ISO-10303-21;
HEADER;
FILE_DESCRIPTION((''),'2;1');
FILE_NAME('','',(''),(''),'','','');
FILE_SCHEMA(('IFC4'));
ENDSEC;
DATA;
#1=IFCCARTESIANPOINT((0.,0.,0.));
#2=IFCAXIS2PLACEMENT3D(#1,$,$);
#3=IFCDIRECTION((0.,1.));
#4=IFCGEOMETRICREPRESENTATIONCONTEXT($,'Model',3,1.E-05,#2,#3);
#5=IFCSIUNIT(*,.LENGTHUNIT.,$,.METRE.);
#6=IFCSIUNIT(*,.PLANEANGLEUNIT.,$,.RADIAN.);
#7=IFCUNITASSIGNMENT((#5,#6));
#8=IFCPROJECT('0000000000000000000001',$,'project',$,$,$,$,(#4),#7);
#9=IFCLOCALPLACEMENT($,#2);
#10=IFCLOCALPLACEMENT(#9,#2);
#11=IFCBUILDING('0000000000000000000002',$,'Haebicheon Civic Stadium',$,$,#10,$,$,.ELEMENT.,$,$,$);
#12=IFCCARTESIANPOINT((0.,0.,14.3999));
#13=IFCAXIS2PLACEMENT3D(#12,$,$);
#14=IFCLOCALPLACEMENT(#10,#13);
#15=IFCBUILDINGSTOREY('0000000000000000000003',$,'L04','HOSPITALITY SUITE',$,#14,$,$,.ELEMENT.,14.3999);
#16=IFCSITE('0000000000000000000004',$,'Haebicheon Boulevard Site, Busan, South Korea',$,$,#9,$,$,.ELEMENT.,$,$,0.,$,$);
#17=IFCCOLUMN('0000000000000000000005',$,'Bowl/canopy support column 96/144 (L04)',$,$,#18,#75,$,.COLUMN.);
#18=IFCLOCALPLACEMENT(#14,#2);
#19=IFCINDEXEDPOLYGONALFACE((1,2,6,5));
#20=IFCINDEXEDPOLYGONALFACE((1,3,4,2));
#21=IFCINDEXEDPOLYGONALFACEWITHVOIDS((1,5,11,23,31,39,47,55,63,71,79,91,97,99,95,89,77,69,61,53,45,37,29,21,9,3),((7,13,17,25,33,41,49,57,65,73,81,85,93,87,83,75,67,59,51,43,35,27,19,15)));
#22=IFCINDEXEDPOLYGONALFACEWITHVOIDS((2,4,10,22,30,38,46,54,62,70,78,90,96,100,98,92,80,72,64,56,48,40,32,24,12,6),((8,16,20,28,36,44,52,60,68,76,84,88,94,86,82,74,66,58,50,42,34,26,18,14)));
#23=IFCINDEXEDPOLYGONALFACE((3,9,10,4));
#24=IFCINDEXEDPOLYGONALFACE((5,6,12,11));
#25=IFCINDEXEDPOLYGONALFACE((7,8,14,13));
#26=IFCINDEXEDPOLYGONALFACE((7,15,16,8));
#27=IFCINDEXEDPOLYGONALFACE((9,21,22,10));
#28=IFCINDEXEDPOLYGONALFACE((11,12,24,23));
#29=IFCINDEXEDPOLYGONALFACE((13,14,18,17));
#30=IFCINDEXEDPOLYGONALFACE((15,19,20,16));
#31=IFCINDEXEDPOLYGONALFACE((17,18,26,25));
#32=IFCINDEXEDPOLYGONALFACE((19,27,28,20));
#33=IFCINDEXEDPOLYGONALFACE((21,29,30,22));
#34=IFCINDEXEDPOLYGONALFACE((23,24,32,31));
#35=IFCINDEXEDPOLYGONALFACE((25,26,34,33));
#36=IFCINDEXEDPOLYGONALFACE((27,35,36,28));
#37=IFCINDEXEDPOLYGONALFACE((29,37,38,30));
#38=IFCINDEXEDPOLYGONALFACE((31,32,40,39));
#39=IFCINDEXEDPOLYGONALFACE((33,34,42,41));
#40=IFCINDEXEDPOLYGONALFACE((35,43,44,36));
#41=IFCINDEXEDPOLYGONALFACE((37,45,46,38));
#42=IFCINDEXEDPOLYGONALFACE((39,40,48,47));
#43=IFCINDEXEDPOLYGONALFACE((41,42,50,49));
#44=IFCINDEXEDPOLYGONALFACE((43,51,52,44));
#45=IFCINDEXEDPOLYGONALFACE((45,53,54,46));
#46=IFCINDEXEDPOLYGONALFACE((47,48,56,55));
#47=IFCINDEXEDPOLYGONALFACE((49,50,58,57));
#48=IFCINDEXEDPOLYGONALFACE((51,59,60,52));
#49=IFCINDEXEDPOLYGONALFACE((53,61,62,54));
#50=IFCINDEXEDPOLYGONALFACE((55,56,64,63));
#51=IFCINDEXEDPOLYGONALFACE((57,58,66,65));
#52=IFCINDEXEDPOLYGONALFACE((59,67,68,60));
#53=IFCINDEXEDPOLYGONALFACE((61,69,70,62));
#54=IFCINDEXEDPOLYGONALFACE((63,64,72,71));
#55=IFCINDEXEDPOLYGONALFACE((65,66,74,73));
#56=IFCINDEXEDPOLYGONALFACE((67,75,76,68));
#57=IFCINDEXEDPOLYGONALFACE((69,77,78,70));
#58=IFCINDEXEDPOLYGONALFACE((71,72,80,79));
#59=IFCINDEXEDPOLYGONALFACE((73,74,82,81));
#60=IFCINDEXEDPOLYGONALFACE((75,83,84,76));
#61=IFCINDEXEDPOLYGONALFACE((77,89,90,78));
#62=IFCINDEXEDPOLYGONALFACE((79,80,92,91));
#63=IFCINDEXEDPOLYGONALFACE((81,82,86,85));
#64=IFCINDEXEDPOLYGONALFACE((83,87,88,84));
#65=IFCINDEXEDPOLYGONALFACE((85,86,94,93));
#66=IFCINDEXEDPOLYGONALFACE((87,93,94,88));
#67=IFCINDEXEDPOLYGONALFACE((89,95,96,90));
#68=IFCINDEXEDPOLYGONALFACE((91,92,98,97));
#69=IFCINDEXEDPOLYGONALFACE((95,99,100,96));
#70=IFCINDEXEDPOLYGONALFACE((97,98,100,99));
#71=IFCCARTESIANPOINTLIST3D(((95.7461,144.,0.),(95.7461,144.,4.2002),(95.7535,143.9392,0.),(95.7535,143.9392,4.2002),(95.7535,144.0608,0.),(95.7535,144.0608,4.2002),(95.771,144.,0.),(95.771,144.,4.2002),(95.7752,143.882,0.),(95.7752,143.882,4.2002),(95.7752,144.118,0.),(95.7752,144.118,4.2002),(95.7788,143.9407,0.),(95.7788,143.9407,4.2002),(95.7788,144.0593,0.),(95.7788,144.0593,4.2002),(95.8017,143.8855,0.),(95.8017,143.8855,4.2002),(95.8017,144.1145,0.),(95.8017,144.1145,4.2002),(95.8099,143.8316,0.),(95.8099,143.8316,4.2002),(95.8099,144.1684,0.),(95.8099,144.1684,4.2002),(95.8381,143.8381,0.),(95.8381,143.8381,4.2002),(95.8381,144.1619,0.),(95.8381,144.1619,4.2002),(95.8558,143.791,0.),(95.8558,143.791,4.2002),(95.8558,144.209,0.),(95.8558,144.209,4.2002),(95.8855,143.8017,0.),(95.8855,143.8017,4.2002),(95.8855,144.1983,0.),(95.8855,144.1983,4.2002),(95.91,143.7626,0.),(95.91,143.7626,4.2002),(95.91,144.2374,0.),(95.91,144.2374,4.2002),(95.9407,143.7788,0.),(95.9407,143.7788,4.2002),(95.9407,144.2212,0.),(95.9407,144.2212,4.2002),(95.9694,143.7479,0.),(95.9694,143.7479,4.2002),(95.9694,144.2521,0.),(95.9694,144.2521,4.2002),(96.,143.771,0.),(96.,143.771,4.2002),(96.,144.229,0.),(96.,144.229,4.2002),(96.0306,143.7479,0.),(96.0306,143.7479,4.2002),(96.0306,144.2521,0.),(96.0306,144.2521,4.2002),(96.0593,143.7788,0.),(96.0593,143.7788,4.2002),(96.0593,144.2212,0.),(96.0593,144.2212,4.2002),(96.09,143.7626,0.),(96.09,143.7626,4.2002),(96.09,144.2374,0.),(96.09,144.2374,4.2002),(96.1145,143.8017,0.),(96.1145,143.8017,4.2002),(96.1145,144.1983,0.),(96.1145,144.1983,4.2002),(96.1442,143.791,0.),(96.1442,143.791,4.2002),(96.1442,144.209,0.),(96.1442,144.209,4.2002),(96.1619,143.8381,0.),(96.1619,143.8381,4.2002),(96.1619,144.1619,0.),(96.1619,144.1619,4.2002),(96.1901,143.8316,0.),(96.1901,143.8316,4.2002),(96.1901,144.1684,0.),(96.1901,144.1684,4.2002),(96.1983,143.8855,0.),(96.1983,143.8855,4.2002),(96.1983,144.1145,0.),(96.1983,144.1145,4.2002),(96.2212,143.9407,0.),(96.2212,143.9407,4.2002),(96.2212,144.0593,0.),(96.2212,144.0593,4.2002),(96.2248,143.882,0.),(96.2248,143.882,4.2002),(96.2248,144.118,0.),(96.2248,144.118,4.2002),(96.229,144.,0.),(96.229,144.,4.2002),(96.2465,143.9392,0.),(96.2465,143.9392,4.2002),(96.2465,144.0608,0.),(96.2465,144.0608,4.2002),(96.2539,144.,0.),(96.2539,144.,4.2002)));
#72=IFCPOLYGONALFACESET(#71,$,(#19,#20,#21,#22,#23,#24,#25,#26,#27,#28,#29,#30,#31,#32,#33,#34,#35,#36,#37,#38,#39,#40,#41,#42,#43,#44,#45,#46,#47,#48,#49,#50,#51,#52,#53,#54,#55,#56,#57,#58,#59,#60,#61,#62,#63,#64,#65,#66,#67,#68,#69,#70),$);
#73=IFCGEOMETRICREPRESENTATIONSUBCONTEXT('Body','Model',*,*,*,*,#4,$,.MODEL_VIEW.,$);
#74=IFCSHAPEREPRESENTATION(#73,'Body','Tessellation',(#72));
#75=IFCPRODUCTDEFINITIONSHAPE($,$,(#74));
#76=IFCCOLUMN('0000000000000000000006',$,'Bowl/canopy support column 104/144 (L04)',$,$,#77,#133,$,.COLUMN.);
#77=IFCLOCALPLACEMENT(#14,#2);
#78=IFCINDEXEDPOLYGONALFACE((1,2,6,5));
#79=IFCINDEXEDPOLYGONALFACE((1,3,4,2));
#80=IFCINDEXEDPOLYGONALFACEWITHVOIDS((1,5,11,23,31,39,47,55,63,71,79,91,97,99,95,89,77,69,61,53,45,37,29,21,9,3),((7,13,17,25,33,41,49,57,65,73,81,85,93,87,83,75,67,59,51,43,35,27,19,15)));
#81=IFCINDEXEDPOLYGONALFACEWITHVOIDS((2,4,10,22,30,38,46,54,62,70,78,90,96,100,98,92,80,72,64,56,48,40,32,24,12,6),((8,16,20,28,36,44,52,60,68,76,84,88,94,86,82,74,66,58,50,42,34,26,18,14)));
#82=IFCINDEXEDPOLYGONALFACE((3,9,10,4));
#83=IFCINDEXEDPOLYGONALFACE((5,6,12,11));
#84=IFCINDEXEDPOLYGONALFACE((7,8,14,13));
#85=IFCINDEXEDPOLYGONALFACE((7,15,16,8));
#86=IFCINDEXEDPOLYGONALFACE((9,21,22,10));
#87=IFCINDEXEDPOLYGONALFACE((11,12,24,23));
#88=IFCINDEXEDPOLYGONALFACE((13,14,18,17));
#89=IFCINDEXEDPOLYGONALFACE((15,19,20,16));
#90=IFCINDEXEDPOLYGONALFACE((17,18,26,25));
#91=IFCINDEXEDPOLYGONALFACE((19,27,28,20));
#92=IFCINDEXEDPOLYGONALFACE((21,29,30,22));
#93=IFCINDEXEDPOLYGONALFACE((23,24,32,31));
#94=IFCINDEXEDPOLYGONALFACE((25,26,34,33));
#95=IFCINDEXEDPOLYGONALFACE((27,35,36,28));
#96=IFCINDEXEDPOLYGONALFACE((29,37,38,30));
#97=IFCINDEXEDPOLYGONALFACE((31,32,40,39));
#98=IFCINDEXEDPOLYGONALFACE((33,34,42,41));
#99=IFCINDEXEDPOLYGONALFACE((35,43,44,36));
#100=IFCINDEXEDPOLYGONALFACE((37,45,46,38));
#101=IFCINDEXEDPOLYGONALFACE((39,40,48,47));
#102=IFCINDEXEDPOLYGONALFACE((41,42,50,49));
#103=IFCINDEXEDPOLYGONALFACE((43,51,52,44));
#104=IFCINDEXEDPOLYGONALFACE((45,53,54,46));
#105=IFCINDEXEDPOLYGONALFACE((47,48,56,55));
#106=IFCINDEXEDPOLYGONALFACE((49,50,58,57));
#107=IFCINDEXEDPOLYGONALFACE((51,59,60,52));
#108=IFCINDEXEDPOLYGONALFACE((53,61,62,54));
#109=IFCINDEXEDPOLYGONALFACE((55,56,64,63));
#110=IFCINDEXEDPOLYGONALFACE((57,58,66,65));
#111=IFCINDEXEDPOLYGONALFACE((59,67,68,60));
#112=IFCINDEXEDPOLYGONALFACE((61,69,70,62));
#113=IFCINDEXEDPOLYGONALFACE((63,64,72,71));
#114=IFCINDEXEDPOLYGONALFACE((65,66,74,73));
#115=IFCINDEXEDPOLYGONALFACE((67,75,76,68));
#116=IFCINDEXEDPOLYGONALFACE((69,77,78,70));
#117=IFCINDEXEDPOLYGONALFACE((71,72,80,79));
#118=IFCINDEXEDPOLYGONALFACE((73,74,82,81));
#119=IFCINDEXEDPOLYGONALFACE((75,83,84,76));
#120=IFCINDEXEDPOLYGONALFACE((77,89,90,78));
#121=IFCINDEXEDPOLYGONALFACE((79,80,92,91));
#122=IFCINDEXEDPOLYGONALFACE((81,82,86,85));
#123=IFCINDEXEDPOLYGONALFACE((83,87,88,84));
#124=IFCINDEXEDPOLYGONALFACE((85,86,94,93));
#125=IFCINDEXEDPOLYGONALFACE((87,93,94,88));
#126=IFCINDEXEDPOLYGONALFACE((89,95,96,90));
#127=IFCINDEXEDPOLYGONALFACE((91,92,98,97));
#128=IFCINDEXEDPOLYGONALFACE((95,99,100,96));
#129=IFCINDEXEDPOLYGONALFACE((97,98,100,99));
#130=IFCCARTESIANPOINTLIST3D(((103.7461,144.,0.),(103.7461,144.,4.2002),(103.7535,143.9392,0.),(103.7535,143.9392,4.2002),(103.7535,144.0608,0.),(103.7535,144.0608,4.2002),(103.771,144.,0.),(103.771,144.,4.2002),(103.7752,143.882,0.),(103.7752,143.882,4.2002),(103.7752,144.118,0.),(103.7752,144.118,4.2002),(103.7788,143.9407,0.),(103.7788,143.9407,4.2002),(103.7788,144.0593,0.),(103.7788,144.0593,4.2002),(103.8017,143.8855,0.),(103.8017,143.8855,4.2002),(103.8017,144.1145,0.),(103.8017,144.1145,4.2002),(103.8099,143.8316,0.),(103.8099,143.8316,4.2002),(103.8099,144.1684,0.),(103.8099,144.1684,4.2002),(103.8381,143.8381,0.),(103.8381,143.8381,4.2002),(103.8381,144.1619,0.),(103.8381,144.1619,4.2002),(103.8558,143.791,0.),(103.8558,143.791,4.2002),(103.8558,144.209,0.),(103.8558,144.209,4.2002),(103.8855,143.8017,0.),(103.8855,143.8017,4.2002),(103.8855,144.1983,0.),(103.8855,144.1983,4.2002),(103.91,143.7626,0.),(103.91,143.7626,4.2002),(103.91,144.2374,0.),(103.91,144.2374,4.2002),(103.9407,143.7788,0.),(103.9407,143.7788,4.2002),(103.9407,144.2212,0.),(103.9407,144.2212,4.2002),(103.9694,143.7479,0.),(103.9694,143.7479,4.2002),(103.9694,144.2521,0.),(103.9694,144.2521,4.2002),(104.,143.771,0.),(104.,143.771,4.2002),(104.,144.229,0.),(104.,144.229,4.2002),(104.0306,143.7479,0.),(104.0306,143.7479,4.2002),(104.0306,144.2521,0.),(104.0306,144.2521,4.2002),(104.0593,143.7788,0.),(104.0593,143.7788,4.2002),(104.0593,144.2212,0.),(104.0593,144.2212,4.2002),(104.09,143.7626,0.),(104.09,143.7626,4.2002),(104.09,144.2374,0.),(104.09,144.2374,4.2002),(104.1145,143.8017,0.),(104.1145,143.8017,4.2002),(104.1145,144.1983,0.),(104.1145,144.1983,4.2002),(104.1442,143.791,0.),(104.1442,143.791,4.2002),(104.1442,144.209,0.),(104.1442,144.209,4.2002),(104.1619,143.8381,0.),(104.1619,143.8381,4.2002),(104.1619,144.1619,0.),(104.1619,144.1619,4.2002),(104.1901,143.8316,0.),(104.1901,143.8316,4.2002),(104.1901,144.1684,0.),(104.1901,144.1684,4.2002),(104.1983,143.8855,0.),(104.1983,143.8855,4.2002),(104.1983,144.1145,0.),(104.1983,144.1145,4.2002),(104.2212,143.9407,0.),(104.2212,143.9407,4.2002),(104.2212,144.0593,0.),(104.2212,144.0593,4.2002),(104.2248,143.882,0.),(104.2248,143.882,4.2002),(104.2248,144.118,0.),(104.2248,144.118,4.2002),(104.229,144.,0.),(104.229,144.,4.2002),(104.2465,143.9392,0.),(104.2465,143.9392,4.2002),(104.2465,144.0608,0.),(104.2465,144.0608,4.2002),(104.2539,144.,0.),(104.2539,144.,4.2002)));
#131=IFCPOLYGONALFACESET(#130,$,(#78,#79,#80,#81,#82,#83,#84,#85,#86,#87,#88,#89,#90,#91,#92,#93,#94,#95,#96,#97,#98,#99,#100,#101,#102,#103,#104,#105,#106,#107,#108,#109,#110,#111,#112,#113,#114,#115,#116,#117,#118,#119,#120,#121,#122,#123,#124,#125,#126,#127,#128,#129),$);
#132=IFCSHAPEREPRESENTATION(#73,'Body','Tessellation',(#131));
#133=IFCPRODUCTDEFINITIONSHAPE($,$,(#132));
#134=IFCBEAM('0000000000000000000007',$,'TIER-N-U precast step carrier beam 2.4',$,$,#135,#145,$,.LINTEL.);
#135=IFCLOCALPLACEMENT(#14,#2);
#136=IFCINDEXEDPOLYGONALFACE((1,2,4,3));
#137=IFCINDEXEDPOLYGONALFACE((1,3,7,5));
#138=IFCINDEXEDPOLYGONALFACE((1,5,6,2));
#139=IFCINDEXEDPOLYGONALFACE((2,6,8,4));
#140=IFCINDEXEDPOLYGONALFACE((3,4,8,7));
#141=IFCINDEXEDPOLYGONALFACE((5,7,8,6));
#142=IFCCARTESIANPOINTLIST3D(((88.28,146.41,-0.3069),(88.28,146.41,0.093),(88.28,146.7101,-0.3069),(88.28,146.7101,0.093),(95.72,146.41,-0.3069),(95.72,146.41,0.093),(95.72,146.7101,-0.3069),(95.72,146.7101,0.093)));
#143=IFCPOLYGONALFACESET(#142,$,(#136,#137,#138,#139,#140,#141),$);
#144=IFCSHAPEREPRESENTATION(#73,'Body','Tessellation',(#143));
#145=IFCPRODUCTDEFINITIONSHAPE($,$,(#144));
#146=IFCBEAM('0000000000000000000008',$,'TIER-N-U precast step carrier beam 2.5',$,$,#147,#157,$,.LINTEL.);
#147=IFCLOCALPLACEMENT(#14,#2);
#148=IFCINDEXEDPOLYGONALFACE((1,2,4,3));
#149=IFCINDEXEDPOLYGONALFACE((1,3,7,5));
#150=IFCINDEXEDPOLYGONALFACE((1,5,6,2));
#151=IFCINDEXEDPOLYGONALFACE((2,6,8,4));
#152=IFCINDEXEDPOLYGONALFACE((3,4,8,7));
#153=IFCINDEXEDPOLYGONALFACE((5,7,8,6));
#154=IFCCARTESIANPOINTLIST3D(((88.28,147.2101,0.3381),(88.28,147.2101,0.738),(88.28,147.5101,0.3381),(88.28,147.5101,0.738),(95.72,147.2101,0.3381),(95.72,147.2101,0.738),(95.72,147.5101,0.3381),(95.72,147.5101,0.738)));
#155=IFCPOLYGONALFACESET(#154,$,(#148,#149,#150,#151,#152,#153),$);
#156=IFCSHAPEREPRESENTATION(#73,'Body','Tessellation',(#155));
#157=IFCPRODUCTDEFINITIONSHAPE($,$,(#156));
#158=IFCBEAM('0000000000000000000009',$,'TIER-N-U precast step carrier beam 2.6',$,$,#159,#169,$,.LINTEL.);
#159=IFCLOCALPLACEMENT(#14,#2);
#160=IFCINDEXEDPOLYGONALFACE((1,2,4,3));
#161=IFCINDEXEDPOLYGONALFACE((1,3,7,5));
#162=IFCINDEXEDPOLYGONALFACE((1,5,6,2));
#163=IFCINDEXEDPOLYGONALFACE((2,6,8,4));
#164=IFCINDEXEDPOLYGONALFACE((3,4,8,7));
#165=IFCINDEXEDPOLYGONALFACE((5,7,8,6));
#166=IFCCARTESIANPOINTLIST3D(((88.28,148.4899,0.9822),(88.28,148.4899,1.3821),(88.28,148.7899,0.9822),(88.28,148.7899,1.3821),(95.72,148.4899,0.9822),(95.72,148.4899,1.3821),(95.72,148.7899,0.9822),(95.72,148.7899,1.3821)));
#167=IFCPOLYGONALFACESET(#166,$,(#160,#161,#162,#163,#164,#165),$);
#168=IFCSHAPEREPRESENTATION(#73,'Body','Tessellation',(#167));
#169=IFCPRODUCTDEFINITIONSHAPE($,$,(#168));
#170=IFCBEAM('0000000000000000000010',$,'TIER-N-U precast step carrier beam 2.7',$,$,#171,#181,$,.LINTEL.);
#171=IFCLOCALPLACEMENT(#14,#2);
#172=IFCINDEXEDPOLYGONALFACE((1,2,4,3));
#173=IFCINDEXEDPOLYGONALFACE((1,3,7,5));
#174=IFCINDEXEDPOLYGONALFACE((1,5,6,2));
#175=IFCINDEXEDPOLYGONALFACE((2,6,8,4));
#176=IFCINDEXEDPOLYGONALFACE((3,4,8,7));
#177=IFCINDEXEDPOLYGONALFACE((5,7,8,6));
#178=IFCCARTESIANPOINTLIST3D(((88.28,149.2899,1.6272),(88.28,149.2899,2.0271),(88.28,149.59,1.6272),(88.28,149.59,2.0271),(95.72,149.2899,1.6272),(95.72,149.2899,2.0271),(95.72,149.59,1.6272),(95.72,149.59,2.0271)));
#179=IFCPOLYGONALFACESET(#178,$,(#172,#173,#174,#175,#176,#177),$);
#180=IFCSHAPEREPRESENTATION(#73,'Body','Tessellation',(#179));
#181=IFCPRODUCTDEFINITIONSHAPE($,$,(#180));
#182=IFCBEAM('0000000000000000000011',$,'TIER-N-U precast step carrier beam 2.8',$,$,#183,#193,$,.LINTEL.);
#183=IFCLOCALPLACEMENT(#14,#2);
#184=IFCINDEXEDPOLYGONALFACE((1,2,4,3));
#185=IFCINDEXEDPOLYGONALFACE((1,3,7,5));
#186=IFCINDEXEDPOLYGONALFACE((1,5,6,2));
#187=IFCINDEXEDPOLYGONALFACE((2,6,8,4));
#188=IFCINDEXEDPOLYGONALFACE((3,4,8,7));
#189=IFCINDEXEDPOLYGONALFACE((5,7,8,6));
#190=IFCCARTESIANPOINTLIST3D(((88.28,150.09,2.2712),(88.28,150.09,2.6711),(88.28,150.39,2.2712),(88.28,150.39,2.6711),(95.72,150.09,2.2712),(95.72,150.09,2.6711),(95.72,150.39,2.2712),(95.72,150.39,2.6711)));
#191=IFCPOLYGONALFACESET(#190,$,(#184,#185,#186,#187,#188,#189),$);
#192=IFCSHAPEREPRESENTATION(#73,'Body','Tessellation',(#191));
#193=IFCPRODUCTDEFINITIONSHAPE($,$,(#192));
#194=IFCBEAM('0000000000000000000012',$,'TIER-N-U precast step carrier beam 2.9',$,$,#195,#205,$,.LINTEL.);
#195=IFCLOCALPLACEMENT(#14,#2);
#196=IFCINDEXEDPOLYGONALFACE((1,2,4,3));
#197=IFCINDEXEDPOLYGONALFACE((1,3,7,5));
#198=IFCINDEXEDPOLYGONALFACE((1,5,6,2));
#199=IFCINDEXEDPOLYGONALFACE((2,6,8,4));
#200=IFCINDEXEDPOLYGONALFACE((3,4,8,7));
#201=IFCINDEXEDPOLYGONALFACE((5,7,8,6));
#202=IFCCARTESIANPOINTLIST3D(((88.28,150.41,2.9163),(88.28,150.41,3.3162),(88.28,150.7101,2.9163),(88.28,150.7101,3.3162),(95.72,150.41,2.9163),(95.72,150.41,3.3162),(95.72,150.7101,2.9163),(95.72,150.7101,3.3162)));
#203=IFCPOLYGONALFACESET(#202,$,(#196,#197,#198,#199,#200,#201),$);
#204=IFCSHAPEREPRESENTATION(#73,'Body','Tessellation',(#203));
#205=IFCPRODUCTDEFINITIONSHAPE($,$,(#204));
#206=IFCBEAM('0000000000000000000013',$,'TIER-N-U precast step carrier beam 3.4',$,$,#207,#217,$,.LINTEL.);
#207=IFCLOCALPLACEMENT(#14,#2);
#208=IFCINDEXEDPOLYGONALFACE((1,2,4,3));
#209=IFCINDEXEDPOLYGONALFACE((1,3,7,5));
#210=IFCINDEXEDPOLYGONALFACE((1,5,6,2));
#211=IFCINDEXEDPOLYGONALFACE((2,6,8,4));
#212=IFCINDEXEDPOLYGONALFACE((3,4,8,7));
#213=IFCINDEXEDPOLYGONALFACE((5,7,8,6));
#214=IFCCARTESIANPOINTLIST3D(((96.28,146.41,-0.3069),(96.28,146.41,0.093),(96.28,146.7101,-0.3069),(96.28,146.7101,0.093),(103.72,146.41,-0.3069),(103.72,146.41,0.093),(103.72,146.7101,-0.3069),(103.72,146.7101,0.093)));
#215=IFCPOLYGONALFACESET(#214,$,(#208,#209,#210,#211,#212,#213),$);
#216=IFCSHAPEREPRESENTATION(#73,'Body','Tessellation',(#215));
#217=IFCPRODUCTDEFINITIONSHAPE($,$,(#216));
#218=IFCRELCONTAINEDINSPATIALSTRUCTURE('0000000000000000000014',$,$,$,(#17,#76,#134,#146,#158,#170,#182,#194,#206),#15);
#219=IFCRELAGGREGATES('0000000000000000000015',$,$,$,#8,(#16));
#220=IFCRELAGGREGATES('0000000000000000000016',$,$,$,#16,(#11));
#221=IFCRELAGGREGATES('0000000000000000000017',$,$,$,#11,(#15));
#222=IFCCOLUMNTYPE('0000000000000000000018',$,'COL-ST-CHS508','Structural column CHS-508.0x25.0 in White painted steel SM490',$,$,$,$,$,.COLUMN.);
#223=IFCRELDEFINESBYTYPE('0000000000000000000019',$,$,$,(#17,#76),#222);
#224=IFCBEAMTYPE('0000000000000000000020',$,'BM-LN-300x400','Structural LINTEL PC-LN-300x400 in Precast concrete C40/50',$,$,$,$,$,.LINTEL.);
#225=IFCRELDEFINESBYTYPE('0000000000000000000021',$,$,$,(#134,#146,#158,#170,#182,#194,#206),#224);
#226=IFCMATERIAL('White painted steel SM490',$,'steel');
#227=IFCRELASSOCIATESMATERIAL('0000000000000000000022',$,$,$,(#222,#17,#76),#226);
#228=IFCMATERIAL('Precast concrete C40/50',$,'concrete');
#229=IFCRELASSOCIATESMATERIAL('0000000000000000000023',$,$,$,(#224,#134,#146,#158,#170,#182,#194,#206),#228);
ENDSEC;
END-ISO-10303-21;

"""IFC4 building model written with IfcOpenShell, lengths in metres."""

from ifc_helpers import new_model, si_unit, direction, frame, origin, origin_2d, place, context, subcontext, project, spatial, rectangle, hollow_circle, extrude, material, material_profile, profile_set, type_object, element, save


model = new_model("IFC4")

# Units and contexts
model_context = context("Model", 3, precision=1e-05, world=origin(), true_north=direction((0.0, 1.0)))
body_context = subcontext(model_context, "Body", "Model", "MODEL_VIEW")
ifc_project = project(units=[si_unit("LENGTHUNIT", "METRE"), si_unit("PLANEANGLEUNIT", "RADIAN")], contexts=[model_context])

# Site, building, storey
site_placement = place(None, origin())
site = spatial("IfcSite", under=ifc_project, at=site_placement, Name="Haebicheon Boulevard Site, Busan, South Korea", CompositionType="ELEMENT", RefElevation=0.0)
building_placement = place(site_placement, origin())
building = spatial("IfcBuilding", under=site, at=building_placement, Name="Haebicheon Civic Stadium", CompositionType="ELEMENT")
storey_placement = place(building_placement, frame((0.0, 0.0, 14.3999)))
storey = spatial("IfcBuildingStorey", under=building, at=storey_placement, Name="L04", Description="HOSPITALITY SUITE", CompositionType="ELEMENT", Elevation=14.3999)

# Columns
ifc_material_1 = material(Name="White painted steel SM490", Category="steel")
ifc_material_profile_1 = material_profile(ifc_material_1, hollow_circle(Radius=0.2539, WallThickness=0.0249, at=origin_2d()), Name="CHS-508.0x25.0")
ifc_profile_set_1 = profile_set([ifc_material_profile_1], Name="White painted steel SM490")
column_type = type_object("IfcColumnType", Name="COL-ST-CHS508", Description="Structural column CHS-508.0x25.0 in White painted steel SM490", PredefinedType="COLUMN", material=ifc_profile_set_1)
for number, where, z_axis, x_axis, name in (
    (1, (96.0, 144.0, 0.0), (0.0, 0.0, 1.0), (1.0, 0.0, 0.0), "Bowl/canopy support column 96/144 (L04)"),
    (2, (104.0, 144.0, 0.0), (0.0, 0.0, 1.0), (1.0, 0.0, 0.0), "Bowl/canopy support column 104/144 (L04)"),
):
    element("IfcColumn", number, at=place(storey_placement, frame(where, z_axis=z_axis, x_axis=x_axis)), inside=storey, type_object=column_type, material=ifc_profile_set_1, Name=name, PredefinedType="COLUMN", context=body_context, shape_type="SweptSolid", body=[
        extrude(hollow_circle(Radius=0.2539, WallThickness=0.0249, at=origin_2d()), origin(), (0.0, 0.0, 1.0), 4.2002),
    ])

# Beams
ifc_material_2 = material(Name="Precast concrete C40/50", Category="concrete")
ifc_material_profile_2 = material_profile(ifc_material_2, rectangle(XDim=0.3, YDim=0.3999, at=origin_2d()), Name="PC-LN-300x400")
ifc_profile_set_2 = profile_set([ifc_material_profile_2], Name="Precast concrete C40/50")
beam_type_1 = type_object("IfcBeamType", Name="BM-LN-300x400", Description="Structural LINTEL PC-LN-300x400 in Precast concrete C40/50", PredefinedType="LINTEL", material=ifc_profile_set_2)
for number, where, z_axis, x_axis, name in (
    (3, (88.28, 146.5601, -0.1069), (1.0, 0.0, 0.0), (0.0, 1.0, 0.0), "TIER-N-U precast step carrier beam 2.4"),
    (4, (88.28, 147.3601, 0.5381), (1.0, 0.0, 0.0), (0.0, 1.0, 0.0), "TIER-N-U precast step carrier beam 2.5"),
    (5, (88.28, 148.6399, 1.1821), (1.0, 0.0, 0.0), (0.0, 1.0, 0.0), "TIER-N-U precast step carrier beam 2.6"),
    (6, (88.28, 149.4399, 1.8271), (1.0, 0.0, 0.0), (0.0, 1.0, 0.0), "TIER-N-U precast step carrier beam 2.7"),
    (7, (88.28, 150.24, 2.4712), (1.0, 0.0, 0.0), (0.0, 1.0, 0.0), "TIER-N-U precast step carrier beam 2.8"),
    (8, (88.28, 150.5601, 3.1162), (1.0, 0.0, 0.0), (0.0, 1.0, 0.0), "TIER-N-U precast step carrier beam 2.9"),
    (9, (96.28, 146.5601, -0.1069), (1.0, 0.0, 0.0), (0.0, 1.0, 0.0), "TIER-N-U precast step carrier beam 3.4"),
):
    element("IfcBeam", number, at=place(storey_placement, frame(where, z_axis=z_axis, x_axis=x_axis)), inside=storey, type_object=beam_type_1, material=ifc_profile_set_2, Name=name, PredefinedType="LINTEL", context=body_context, shape_type="SweptSolid", body=[
        extrude(rectangle(XDim=0.3, YDim=0.3999, at=origin_2d()), origin(), (0.0, 0.0, 1.0), 7.4399),
    ])

save(model, "model.ifc")
